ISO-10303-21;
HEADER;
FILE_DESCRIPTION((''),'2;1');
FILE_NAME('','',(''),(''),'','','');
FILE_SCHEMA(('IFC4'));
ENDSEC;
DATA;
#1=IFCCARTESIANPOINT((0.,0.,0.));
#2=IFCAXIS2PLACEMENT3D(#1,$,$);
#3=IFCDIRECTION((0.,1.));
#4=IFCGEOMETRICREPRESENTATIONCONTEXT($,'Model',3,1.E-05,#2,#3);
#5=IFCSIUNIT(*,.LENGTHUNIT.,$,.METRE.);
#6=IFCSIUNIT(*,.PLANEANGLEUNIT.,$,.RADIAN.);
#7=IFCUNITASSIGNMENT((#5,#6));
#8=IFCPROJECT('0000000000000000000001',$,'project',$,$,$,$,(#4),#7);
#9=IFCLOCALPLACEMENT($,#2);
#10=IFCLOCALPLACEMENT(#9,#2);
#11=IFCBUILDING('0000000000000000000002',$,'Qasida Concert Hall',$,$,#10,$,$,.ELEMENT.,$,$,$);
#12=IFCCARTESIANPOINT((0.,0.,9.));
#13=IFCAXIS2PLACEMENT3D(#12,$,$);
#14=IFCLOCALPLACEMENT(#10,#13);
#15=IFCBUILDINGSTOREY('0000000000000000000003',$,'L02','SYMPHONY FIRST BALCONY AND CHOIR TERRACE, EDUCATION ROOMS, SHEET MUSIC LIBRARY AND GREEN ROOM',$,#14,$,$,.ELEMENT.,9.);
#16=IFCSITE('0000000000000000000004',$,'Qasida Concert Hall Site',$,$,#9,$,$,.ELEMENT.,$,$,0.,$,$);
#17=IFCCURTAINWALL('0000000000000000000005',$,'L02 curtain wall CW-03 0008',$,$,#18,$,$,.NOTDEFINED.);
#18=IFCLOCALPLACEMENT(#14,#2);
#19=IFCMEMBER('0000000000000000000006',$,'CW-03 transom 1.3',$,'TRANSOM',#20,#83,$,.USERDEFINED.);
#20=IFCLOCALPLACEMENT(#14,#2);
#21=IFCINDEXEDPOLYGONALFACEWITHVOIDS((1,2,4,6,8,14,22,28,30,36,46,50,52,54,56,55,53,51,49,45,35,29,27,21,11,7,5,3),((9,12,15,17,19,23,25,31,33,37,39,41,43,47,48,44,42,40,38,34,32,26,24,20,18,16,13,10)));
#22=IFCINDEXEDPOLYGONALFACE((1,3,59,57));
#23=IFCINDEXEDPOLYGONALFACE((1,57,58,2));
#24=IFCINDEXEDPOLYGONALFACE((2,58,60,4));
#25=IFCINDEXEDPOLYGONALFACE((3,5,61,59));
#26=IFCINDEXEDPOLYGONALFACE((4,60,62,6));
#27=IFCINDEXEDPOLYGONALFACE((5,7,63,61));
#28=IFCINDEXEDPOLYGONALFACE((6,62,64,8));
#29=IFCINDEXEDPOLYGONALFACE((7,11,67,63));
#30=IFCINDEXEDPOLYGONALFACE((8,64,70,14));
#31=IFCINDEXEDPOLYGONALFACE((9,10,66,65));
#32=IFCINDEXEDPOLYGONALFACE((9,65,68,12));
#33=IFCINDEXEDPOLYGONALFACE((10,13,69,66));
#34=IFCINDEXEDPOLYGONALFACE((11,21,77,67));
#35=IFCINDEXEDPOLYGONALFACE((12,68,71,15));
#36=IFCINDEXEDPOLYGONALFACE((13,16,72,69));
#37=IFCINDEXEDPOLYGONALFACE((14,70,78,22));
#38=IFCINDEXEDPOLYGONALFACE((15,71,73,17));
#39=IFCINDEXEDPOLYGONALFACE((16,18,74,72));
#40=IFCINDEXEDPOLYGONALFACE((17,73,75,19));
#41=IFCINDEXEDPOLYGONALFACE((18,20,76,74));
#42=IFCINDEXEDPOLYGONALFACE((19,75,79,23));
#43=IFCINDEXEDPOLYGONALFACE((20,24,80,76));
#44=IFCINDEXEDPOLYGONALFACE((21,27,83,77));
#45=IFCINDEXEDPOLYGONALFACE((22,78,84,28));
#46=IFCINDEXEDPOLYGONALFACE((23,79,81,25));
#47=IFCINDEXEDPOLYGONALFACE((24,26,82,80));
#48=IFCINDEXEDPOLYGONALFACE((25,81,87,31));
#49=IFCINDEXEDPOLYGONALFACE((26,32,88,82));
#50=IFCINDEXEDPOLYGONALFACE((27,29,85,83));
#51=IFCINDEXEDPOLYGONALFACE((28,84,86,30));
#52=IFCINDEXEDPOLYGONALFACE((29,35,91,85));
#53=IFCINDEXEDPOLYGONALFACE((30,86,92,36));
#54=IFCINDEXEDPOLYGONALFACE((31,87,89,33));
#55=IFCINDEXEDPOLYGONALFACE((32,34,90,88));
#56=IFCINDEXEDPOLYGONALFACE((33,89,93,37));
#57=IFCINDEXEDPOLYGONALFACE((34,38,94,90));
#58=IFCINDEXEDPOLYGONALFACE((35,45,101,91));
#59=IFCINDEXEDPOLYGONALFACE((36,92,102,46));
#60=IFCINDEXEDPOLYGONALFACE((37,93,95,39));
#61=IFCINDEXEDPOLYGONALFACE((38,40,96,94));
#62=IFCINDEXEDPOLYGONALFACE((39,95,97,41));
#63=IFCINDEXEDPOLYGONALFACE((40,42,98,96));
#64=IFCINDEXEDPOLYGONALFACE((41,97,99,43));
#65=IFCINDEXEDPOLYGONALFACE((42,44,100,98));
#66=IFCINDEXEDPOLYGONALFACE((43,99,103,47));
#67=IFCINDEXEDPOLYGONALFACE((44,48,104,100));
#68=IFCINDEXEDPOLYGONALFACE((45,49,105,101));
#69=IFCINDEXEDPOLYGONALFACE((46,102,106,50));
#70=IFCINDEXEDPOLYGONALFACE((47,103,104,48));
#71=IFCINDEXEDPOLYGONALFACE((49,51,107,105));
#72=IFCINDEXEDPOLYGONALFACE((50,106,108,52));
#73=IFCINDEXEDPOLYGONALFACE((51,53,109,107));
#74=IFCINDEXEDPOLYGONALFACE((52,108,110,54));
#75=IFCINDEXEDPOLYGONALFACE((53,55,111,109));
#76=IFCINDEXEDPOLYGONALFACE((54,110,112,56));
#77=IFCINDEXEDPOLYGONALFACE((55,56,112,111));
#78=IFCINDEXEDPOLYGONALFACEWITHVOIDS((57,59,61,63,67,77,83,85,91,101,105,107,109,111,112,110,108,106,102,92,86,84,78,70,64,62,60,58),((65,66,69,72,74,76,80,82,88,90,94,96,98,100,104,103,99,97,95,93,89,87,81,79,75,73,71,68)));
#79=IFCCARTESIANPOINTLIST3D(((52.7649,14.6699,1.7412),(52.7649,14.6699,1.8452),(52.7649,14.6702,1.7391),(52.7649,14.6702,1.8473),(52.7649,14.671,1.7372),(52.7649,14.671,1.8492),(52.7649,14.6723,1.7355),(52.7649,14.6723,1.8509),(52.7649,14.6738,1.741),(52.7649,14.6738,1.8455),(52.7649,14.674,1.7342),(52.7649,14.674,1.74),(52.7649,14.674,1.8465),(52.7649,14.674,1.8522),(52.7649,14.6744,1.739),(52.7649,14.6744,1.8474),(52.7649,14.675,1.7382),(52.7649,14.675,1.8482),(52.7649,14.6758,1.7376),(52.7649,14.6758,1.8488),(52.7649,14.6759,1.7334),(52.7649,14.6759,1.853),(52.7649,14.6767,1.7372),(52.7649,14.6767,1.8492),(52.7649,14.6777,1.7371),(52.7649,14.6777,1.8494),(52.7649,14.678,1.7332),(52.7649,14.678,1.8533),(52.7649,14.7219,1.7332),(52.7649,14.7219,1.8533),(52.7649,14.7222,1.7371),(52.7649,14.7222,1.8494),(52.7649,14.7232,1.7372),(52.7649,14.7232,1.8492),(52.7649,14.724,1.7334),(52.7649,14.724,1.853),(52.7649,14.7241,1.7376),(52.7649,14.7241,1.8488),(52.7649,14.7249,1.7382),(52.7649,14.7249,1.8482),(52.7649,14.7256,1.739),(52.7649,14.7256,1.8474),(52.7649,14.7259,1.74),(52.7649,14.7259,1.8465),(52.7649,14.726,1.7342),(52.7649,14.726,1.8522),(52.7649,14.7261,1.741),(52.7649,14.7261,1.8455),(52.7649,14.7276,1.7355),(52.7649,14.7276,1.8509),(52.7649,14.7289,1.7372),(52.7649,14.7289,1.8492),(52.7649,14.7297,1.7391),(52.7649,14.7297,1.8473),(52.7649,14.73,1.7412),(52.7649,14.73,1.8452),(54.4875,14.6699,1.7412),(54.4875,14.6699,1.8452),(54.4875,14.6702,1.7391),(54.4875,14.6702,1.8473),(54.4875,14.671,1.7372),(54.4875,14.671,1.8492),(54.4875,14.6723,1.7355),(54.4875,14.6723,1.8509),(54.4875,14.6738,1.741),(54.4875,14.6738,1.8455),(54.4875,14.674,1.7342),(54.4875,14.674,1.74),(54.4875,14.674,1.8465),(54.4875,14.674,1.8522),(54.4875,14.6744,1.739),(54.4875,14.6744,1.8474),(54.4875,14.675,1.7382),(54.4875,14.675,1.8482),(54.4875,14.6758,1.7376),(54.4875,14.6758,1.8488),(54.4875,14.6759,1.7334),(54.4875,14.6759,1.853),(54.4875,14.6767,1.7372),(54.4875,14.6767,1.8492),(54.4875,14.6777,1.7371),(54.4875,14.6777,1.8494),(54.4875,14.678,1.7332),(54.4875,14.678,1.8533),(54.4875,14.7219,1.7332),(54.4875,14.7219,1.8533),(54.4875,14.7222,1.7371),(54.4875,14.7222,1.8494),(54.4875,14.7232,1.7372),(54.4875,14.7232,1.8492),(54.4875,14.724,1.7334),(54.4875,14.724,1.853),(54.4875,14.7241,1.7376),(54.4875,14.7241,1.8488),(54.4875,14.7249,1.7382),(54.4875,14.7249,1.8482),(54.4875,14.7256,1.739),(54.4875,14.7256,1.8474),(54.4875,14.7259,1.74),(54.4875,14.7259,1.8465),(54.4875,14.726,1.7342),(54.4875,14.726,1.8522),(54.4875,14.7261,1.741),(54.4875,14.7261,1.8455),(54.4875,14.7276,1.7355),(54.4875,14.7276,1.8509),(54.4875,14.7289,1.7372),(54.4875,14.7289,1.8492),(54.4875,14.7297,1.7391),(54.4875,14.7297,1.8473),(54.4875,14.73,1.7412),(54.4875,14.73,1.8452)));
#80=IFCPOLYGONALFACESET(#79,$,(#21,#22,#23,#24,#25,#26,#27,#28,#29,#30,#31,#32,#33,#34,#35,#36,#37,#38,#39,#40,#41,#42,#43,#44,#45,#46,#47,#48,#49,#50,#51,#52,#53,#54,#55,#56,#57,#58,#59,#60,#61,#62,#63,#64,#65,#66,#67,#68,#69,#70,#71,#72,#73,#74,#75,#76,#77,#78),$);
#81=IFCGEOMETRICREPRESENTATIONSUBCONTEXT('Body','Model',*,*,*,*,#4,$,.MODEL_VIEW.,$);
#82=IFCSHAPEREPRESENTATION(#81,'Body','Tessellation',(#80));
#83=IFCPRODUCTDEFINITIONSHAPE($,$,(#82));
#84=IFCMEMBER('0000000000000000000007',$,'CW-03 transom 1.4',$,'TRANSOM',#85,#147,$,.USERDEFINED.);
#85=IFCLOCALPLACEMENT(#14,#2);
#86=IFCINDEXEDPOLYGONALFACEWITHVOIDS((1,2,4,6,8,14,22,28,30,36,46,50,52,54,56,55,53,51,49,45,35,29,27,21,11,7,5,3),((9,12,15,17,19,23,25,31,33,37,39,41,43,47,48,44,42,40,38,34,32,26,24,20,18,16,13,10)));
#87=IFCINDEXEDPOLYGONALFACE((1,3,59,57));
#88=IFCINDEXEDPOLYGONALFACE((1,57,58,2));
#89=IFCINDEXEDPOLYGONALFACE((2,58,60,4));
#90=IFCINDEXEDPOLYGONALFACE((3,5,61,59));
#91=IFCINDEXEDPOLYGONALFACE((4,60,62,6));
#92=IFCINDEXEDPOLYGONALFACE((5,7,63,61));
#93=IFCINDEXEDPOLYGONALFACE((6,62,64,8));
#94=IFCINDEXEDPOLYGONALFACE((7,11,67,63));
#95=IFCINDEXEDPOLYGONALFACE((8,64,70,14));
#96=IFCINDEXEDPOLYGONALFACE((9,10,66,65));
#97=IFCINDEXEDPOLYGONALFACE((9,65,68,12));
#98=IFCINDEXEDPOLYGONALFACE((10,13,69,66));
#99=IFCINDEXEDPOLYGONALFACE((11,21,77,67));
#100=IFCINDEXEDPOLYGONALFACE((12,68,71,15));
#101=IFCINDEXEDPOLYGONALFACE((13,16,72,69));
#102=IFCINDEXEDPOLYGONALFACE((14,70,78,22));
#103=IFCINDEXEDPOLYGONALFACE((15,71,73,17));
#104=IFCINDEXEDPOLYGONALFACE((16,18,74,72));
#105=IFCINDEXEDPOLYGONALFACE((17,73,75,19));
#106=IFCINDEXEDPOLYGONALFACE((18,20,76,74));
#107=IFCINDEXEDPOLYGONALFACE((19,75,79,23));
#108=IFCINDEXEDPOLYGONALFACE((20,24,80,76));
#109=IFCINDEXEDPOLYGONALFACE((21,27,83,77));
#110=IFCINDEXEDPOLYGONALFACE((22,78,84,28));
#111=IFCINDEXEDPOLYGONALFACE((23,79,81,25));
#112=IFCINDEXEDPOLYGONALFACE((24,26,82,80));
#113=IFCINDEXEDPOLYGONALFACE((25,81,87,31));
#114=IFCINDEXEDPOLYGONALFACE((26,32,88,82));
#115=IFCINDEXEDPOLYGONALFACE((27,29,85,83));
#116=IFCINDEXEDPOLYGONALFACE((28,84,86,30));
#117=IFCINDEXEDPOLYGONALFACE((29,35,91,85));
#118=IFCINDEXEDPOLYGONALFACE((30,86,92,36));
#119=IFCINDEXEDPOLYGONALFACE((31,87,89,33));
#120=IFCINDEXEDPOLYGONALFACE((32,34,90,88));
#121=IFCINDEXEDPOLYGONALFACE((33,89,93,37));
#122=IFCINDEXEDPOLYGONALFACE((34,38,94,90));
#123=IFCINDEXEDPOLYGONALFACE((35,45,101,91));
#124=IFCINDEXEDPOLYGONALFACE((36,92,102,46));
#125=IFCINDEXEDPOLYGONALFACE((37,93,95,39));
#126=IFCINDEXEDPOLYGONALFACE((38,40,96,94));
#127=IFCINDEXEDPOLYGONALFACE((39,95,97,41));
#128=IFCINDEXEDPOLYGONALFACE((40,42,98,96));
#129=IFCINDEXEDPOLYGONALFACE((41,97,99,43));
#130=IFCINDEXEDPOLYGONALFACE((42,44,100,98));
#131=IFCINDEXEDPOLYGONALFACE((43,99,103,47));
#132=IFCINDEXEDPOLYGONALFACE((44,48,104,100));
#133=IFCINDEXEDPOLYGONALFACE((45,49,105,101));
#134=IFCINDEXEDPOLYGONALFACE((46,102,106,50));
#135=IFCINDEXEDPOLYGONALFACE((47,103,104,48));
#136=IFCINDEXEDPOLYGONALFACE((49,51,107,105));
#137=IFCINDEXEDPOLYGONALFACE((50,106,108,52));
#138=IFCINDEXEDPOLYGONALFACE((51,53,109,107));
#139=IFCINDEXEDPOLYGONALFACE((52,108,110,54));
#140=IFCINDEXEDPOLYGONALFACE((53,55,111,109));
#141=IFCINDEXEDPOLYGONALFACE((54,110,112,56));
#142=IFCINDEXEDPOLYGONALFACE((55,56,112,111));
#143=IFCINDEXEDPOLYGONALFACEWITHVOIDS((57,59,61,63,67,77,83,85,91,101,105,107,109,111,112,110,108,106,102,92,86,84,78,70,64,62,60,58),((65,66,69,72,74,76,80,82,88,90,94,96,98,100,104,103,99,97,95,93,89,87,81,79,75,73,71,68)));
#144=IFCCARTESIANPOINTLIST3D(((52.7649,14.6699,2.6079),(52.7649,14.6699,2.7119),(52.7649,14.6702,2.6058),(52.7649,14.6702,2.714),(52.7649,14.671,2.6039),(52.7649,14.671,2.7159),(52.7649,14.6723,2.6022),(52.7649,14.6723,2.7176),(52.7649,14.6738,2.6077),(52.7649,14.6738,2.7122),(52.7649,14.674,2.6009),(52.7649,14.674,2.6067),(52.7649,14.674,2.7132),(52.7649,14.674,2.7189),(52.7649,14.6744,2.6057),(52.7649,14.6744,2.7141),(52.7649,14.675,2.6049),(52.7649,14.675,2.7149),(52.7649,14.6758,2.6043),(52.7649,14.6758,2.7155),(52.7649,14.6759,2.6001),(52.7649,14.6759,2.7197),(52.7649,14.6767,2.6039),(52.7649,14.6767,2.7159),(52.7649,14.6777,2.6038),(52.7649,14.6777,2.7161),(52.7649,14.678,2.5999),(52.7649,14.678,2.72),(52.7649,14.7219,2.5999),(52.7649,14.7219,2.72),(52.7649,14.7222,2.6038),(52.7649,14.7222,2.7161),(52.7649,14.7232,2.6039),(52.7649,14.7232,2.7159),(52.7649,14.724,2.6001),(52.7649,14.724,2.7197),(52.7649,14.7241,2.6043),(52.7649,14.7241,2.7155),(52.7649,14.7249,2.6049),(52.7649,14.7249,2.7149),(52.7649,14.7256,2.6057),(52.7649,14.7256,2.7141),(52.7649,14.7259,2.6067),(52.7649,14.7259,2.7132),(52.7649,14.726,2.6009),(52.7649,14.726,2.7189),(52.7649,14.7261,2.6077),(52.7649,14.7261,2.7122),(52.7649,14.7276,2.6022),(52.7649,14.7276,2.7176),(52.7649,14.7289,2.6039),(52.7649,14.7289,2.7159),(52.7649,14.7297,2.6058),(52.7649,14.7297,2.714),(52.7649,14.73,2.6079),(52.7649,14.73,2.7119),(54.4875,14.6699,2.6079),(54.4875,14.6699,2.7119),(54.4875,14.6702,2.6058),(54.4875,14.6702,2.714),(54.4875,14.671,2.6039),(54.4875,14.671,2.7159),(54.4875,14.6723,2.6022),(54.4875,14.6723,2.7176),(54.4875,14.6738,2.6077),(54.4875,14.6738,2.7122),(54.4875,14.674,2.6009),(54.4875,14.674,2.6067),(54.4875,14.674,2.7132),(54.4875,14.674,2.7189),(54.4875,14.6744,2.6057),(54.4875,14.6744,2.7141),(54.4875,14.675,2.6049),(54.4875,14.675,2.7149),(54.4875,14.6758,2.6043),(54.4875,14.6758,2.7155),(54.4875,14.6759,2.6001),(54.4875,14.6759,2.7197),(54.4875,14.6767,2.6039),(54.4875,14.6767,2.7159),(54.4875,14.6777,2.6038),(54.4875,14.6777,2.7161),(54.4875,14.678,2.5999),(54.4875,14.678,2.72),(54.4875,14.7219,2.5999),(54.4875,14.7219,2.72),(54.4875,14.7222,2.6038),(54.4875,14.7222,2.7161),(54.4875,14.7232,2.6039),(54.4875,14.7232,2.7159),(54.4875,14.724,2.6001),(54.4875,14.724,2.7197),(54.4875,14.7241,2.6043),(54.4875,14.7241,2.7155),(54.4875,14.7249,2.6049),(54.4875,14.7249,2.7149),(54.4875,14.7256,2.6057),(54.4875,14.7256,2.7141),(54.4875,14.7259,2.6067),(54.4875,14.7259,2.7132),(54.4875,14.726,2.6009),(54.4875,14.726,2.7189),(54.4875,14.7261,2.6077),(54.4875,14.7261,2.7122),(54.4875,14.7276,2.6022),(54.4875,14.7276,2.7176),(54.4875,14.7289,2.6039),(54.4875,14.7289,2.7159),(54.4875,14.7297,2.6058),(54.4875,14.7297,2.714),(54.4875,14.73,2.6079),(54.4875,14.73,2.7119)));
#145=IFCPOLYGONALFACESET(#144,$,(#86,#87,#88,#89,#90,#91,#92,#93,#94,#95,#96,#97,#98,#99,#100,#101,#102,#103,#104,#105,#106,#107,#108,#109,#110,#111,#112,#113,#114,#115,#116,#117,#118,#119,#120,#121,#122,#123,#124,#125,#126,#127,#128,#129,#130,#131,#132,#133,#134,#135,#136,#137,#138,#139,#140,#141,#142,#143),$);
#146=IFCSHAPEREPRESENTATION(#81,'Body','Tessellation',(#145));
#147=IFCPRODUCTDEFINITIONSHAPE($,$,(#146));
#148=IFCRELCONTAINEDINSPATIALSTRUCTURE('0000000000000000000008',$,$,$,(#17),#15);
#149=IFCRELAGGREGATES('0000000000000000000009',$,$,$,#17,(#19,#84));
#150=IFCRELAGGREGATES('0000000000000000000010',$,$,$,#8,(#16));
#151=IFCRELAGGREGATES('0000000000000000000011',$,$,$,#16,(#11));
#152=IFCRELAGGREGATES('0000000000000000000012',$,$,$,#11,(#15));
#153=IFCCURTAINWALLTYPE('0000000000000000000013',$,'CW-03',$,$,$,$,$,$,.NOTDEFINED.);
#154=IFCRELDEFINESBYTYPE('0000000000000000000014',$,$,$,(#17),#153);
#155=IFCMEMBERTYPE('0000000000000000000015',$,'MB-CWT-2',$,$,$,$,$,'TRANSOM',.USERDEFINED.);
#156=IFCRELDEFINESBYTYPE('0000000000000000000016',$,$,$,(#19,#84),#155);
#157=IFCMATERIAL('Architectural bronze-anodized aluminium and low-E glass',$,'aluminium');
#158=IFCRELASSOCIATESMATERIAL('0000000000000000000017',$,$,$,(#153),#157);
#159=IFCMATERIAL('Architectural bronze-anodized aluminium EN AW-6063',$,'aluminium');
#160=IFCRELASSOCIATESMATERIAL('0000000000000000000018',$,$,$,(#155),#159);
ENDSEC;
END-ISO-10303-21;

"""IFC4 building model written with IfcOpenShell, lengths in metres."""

from ifc_helpers import new_model, si_unit, direction, frame, origin, origin_2d, place, context, subcontext, project, spatial, hollow_rectangle, extrude, material, material_profile, profile_set, type_object, element, aggregate, save


model = new_model("IFC4")

# Units and contexts
model_context = context("Model", 3, precision=1e-05, world=origin(), true_north=direction((0.0, 1.0)))
body_context = subcontext(model_context, "Body", "Model", "MODEL_VIEW")
ifc_project = project(units=[si_unit("LENGTHUNIT", "METRE"), si_unit("PLANEANGLEUNIT", "RADIAN")], contexts=[model_context])

# Site, building, storey
site_placement = place(None, origin())
site = spatial("IfcSite", under=ifc_project, at=site_placement, Name="Qasida Concert Hall Site", CompositionType="ELEMENT", RefElevation=0.0)
building_placement = place(site_placement, origin())
building = spatial("IfcBuilding", under=site, at=building_placement, Name="Qasida Concert Hall", CompositionType="ELEMENT")
storey_placement = place(building_placement, frame((0.0, 0.0, 9.0)))
storey = spatial("IfcBuildingStorey", under=building, at=storey_placement, Name="L02", Description="SYMPHONY FIRST BALCONY AND CHOIR TERRACE, EDUCATION ROOMS, SHEET MUSIC LIBRARY AND GREEN ROOM", CompositionType="ELEMENT", Elevation=9.0)

# Curtain wall, members
ifc_material_1 = material(Name="Architectural bronze-anodized aluminium and low-E glass", Category="aluminium")
curtain_wall_type = type_object("IfcCurtainWallType", Name="CW-03", PredefinedType="NOTDEFINED", material=ifc_material_1)
curtain_wall_placement = place(storey_placement, origin())
curtain_wall = element("IfcCurtainWall", 1, at=curtain_wall_placement, inside=storey, type_object=curtain_wall_type, Name="L02 curtain wall CW-03 0008", PredefinedType="NOTDEFINED")
ifc_material_2 = material(Name="Architectural bronze-anodized aluminium EN AW-6063", Category="aluminium")
ifc_material_profile_1 = material_profile(ifc_material_2, hollow_rectangle(XDim=0.0601, YDim=0.1201, WallThickness=0.0039, InnerFilletRadius=0.0039, OuterFilletRadius=0.0081, at=origin_2d()), Name="CWT 120x60x4")
ifc_profile_set_1 = profile_set([ifc_material_profile_1], Name="Architectural bronze-anodized aluminium EN AW-6063")
member_type_1 = type_object("IfcMemberType", Name="MB-CWT-2", ElementType="TRANSOM", PredefinedType="USERDEFINED", material=ifc_profile_set_1)
member_1_placement = place(storey_placement, frame((52.7649, 14.7, 1.7932), z_axis=(1.0, 0.0, 0.0), x_axis=(0.0, 1.0, 0.0)))
member_1 = element("IfcMember", 2, at=member_1_placement, type_object=member_type_1, Name="CW-03 transom 1.3", ObjectType="TRANSOM", PredefinedType="USERDEFINED", context=body_context, shape_type="SweptSolid", body=[
    extrude(hollow_rectangle(XDim=0.0601, YDim=0.1201, WallThickness=0.0039, InnerFilletRadius=0.0039, OuterFilletRadius=0.0081, at=origin_2d()), origin(), (0.0, 0.0, 1.0), 1.7227),
])
member_2_placement = place(storey_placement, frame((52.7649, 14.7, 2.6599), z_axis=(1.0, 0.0, 0.0), x_axis=(0.0, 1.0, 0.0)))
member_2 = element("IfcMember", 3, at=member_2_placement, type_object=member_type_1, Name="CW-03 transom 1.4", ObjectType="TRANSOM", PredefinedType="USERDEFINED", context=body_context, shape_type="SweptSolid", body=[
    extrude(hollow_rectangle(XDim=0.0601, YDim=0.1201, WallThickness=0.0039, InnerFilletRadius=0.0039, OuterFilletRadius=0.0081, at=origin_2d()), origin(), (0.0, 0.0, 1.0), 1.7227),
])
aggregate(curtain_wall, [member_1, member_2])

save(model, "model.ifc")
